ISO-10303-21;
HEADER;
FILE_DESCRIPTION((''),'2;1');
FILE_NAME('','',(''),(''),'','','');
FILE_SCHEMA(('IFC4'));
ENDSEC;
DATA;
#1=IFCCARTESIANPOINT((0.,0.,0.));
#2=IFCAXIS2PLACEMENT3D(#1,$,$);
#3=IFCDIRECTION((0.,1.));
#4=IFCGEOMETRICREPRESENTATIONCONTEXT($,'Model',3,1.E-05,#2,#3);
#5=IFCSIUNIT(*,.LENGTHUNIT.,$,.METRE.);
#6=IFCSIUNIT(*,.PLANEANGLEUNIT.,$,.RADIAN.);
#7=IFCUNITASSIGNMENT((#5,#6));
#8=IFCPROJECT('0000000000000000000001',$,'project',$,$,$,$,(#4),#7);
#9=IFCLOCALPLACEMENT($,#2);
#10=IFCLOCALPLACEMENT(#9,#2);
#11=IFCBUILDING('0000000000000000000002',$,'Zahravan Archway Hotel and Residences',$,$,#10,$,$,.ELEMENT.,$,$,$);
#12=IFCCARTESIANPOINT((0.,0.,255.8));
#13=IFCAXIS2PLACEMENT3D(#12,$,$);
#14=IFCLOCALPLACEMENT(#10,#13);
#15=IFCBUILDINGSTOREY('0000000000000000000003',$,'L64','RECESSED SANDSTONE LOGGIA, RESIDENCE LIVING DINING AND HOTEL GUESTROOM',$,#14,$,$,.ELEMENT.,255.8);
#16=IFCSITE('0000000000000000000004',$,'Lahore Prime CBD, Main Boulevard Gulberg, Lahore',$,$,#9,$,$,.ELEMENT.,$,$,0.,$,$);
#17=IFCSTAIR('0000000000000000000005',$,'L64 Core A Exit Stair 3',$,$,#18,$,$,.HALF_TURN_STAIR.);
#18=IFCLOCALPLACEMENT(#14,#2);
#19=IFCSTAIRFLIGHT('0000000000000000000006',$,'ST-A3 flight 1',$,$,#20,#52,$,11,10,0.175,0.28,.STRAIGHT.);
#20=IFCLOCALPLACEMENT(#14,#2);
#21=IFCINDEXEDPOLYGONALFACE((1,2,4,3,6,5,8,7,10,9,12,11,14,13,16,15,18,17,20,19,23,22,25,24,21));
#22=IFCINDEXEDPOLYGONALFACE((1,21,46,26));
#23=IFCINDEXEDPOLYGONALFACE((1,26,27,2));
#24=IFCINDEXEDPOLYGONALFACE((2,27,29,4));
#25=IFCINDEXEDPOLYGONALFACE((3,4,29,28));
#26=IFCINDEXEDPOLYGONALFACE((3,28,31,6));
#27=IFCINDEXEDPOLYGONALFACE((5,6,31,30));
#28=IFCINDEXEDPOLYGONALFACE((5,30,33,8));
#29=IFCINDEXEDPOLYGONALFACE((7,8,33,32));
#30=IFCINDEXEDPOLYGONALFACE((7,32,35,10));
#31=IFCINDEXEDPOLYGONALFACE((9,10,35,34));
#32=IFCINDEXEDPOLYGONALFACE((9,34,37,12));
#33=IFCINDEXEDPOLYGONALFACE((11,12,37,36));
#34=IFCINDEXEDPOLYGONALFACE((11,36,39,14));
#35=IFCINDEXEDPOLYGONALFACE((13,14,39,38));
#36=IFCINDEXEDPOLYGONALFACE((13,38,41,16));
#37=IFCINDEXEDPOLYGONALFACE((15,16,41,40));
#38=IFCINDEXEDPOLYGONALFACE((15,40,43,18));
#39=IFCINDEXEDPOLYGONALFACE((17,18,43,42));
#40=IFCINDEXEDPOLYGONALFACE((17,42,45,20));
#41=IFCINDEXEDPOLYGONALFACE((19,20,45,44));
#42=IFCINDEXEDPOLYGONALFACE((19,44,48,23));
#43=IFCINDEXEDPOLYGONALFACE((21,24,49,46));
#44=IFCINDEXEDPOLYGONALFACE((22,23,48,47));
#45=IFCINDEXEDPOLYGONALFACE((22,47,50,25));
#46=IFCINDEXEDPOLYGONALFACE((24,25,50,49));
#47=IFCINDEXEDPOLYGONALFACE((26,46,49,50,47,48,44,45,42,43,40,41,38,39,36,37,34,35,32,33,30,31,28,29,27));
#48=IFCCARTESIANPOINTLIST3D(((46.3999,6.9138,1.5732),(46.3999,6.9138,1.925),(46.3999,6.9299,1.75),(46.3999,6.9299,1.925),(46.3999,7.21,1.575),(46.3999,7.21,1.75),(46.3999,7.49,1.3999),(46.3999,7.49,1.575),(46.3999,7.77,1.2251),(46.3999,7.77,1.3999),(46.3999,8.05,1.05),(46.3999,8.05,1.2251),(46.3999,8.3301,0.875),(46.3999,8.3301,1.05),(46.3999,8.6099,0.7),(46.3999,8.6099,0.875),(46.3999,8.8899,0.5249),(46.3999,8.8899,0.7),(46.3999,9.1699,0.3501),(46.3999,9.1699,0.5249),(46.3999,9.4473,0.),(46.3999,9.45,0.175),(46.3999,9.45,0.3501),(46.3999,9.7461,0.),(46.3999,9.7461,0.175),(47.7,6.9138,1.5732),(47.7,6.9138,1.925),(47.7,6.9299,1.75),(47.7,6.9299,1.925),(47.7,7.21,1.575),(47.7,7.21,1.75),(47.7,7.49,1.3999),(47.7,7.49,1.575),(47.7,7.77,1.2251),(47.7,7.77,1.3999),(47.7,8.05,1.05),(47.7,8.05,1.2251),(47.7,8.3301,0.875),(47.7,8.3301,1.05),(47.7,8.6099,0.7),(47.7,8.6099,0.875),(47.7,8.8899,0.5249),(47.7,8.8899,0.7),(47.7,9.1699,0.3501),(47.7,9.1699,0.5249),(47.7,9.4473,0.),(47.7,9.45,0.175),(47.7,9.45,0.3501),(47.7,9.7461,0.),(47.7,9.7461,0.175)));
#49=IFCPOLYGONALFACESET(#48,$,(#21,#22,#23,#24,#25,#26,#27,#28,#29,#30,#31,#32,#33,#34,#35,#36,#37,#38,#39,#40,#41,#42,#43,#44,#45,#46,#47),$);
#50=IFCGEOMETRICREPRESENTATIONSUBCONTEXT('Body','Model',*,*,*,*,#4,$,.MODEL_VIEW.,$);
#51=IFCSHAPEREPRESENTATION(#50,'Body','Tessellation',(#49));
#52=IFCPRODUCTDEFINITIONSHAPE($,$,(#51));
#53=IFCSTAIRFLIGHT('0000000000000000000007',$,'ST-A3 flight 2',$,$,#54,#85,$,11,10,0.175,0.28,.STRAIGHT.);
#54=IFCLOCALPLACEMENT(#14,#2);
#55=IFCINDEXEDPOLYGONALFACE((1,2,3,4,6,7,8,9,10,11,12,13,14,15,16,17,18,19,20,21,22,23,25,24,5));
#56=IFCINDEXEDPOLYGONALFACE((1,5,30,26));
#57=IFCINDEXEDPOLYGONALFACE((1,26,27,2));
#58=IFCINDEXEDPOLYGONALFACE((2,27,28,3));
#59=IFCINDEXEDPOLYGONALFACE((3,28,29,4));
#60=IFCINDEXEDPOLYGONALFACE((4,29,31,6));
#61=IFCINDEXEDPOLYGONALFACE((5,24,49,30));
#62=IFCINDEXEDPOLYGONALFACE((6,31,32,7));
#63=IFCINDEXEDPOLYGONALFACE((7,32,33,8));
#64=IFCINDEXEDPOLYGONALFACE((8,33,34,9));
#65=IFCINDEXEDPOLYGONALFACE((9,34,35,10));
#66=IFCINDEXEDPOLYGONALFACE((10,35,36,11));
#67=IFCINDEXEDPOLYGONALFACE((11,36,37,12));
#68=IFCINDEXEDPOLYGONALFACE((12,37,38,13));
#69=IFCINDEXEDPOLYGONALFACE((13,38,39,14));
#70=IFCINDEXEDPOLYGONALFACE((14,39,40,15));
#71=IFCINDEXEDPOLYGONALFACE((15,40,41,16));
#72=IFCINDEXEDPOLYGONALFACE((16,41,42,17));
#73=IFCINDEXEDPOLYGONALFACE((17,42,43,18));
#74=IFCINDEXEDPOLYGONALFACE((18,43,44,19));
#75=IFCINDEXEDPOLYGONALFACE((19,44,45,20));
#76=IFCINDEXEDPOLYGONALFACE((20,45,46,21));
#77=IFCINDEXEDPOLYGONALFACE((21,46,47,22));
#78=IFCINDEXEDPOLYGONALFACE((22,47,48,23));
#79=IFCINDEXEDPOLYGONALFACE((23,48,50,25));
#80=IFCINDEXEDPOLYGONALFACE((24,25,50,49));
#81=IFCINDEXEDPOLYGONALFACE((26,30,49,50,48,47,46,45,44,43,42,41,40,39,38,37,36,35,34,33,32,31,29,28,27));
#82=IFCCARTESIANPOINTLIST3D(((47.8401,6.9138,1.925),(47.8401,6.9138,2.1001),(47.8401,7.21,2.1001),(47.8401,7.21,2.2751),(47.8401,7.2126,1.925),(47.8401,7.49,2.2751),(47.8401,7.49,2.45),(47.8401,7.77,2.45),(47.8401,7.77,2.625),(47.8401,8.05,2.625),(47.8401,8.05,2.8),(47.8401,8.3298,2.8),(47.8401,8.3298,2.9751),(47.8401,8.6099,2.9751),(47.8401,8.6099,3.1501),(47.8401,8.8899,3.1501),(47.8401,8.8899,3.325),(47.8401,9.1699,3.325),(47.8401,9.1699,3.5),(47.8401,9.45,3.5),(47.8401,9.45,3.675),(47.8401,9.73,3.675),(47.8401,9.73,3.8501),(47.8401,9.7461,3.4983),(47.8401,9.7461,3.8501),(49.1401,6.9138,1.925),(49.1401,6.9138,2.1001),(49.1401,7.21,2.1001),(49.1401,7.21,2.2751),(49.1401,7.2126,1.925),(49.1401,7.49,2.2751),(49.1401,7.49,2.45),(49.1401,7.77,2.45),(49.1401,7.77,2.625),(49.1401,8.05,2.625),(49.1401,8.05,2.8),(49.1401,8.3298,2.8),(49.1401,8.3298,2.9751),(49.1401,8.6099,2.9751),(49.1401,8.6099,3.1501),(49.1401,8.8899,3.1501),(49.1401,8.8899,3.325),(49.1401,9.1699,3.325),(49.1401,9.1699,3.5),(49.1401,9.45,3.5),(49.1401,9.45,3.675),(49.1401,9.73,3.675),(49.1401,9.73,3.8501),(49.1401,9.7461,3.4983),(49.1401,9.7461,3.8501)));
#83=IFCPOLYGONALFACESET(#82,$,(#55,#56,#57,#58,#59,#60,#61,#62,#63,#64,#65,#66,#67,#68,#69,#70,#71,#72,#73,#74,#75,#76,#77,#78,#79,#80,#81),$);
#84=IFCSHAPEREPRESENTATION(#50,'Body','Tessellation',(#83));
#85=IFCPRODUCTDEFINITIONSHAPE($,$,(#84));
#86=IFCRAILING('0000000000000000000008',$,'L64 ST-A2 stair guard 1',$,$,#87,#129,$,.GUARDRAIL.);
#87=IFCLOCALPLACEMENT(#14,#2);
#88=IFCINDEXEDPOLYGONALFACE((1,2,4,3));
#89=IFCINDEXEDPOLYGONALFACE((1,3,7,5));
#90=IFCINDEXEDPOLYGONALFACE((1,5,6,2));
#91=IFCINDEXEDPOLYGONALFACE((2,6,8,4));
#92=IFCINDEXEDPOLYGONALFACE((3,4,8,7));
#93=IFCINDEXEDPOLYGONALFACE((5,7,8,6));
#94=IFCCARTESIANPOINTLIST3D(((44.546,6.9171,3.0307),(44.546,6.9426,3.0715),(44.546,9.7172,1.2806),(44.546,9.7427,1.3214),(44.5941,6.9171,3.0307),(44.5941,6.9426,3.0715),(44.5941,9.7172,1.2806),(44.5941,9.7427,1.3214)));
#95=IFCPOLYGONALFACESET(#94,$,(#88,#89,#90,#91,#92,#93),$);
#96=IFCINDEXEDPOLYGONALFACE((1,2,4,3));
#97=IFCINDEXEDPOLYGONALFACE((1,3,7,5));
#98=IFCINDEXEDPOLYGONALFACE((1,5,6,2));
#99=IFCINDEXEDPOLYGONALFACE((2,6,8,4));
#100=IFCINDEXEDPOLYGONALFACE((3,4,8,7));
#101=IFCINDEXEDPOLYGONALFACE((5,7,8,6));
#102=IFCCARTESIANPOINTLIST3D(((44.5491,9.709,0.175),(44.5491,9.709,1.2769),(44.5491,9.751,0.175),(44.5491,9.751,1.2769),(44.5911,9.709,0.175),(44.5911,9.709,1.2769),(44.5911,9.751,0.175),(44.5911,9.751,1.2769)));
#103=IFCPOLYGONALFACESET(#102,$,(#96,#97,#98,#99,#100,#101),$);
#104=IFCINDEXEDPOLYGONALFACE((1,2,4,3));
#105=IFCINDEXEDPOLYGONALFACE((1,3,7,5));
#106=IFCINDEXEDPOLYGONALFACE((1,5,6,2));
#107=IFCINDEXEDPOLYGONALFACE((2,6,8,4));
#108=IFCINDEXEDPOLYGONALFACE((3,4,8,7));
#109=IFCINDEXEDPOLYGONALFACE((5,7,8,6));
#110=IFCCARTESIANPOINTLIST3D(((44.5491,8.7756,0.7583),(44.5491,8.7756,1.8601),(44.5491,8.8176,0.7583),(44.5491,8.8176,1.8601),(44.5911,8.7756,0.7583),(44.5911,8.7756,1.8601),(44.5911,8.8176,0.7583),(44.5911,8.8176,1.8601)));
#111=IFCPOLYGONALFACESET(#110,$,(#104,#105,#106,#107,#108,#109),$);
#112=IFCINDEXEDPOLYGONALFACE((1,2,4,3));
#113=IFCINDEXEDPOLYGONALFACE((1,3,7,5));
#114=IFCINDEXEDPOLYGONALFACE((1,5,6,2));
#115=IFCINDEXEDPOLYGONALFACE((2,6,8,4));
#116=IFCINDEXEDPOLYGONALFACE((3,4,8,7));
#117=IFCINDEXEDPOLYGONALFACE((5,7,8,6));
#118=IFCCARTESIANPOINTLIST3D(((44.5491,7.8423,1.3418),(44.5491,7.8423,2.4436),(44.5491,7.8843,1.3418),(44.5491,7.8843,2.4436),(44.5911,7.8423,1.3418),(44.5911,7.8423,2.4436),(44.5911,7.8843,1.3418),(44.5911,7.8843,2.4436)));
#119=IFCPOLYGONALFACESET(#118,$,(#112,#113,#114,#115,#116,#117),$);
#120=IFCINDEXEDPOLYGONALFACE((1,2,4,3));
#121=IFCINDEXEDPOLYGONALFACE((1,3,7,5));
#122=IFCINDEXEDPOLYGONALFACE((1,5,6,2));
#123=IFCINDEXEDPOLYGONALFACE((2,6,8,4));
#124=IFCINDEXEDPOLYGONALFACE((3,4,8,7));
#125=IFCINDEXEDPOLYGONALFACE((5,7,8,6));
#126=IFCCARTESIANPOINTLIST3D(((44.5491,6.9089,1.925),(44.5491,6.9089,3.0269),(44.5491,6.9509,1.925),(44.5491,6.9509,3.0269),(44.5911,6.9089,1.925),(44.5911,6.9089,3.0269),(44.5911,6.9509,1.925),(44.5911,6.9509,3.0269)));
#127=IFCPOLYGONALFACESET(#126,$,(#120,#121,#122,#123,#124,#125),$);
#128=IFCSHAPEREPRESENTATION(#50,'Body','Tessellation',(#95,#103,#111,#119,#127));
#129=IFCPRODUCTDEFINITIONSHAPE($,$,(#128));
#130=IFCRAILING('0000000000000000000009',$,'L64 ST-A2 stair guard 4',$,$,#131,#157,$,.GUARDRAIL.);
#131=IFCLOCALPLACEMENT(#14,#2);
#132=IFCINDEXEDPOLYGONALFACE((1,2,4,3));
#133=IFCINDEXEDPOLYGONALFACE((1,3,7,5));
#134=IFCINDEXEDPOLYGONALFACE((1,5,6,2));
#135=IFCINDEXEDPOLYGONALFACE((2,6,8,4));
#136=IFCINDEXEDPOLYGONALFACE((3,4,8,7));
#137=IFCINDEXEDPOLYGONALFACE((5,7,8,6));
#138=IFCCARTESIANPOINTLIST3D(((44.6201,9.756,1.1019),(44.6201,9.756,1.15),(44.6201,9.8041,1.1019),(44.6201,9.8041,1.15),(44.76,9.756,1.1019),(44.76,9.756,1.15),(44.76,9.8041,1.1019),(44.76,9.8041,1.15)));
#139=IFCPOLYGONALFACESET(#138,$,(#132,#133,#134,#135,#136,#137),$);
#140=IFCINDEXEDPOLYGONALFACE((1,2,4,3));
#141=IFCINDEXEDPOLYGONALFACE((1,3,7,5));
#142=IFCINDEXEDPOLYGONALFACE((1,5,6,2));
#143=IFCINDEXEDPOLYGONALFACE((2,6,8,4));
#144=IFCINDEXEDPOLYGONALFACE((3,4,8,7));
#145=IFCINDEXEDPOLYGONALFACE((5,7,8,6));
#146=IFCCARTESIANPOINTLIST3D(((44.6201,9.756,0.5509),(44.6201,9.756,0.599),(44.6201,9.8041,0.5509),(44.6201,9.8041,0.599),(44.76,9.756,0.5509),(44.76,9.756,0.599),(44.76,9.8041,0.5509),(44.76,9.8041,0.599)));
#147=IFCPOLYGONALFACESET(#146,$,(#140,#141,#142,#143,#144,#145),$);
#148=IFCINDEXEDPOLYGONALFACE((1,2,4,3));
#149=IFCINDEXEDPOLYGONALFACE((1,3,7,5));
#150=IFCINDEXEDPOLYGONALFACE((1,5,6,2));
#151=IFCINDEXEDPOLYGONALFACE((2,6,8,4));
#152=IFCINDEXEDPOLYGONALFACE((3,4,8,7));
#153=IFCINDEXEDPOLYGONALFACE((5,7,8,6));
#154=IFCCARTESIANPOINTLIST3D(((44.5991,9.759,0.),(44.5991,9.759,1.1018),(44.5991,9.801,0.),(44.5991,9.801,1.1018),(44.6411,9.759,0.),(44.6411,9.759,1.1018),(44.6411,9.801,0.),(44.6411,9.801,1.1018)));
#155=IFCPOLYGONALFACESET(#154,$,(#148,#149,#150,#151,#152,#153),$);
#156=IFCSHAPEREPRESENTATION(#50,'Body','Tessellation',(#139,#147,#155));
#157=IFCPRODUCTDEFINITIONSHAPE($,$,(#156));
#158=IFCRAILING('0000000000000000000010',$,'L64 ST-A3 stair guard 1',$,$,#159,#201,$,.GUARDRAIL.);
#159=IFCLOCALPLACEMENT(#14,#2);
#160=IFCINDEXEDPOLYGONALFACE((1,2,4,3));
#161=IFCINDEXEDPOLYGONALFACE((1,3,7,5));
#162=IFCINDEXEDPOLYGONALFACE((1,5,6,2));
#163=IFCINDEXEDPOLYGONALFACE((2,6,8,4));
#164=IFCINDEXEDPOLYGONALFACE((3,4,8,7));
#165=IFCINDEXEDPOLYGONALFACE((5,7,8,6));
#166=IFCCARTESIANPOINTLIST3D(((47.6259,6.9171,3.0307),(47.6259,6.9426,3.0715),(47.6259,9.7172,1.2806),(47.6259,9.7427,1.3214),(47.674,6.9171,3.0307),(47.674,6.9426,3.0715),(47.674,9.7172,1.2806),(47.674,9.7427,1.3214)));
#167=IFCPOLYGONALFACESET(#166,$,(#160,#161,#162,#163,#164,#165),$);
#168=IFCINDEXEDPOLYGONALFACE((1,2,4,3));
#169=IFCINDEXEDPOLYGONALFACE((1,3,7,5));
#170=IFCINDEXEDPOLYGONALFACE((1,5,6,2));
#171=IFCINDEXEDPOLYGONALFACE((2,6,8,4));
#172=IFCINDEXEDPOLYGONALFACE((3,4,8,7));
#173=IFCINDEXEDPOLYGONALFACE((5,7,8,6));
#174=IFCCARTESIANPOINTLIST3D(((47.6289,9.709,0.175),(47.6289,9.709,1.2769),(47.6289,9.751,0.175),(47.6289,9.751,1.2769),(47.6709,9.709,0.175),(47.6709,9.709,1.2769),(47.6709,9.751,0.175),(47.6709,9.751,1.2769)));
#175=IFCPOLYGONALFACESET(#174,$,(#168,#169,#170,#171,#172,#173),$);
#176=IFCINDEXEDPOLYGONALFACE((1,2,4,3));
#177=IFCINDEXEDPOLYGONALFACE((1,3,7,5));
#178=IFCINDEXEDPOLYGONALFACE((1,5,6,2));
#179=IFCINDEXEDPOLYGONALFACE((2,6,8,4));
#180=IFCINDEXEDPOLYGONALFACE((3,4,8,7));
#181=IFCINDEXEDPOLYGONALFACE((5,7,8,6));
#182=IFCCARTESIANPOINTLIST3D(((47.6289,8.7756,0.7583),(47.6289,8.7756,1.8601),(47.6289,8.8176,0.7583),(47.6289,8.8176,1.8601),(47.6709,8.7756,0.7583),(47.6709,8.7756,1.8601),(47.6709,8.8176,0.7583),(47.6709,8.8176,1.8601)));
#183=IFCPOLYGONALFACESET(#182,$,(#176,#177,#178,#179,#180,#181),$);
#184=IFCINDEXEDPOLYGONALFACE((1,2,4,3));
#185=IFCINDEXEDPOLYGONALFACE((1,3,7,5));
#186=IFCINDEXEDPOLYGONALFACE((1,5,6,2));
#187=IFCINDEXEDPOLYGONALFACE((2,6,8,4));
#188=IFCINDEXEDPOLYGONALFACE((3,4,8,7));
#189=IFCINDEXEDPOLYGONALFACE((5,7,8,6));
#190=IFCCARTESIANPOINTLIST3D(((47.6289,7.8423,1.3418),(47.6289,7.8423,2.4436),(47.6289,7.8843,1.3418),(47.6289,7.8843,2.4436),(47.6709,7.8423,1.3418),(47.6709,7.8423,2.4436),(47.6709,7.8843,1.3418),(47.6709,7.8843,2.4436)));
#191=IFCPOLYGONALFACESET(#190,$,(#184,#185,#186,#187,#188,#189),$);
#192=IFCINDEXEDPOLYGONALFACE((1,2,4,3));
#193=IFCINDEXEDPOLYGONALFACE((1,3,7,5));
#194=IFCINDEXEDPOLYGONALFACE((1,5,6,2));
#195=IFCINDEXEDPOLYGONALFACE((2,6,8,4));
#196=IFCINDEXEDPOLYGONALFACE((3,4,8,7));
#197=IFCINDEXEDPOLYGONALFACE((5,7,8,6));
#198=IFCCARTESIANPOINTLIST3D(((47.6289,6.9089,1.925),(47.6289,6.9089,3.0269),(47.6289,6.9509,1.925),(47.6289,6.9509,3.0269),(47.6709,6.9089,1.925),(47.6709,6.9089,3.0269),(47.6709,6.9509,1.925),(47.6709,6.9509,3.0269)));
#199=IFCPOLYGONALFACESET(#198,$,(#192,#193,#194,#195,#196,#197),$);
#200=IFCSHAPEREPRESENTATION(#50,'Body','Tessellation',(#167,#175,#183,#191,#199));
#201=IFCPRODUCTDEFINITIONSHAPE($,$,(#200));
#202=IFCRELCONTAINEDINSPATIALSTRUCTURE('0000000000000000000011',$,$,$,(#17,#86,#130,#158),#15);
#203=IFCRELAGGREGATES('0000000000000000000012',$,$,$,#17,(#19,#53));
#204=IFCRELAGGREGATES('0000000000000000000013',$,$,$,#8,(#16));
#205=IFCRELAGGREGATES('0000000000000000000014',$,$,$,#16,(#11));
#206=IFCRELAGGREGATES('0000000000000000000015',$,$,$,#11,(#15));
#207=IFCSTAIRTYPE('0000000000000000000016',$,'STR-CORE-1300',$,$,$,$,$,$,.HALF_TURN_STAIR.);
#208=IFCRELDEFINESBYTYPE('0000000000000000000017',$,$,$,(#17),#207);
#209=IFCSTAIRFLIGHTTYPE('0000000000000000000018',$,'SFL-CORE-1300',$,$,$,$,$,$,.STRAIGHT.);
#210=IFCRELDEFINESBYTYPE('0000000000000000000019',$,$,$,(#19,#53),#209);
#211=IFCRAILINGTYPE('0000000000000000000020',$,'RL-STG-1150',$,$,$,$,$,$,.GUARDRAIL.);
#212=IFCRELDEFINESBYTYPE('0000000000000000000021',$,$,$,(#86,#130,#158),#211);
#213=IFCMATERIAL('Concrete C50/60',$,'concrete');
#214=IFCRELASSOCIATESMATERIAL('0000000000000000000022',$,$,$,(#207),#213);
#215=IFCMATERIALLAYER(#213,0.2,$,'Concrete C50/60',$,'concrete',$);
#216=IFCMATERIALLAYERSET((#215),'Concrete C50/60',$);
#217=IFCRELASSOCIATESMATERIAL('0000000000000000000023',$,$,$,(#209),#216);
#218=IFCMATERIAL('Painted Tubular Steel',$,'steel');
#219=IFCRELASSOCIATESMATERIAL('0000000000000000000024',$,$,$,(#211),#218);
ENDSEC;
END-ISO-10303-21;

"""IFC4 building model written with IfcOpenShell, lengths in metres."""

from ifc_helpers import new_model, si_unit, direction, frame, origin, origin_2d, place, context, subcontext, project, spatial, polyline, rectangle, outline, extrude, source, transform, mapped, material, layer, layer_set, type_object, element, aggregate, save


model = new_model("IFC4")

# Units and contexts
model_context = context("Model", 3, precision=1e-05, world=origin(), true_north=direction((0.0, 1.0)))
body_context = subcontext(model_context, "Body", "Model", "MODEL_VIEW")
ifc_project = project(units=[si_unit("LENGTHUNIT", "METRE"), si_unit("PLANEANGLEUNIT", "RADIAN")], contexts=[model_context])

# Site, building, storey
site_placement = place(None, origin())
site = spatial("IfcSite", under=ifc_project, at=site_placement, Name="Lahore Prime CBD, Main Boulevard Gulberg, Lahore", CompositionType="ELEMENT", RefElevation=0.0)
building_placement = place(site_placement, origin())
building = spatial("IfcBuilding", under=site, at=building_placement, Name="Zahravan Archway Hotel and Residences", CompositionType="ELEMENT")
storey_placement = place(building_placement, frame((0.0, 0.0, 255.8)))
storey = spatial("IfcBuildingStorey", under=building, at=storey_placement, Name="L64", Description="RECESSED SANDSTONE LOGGIA, RESIDENCE LIVING DINING AND HOTEL GUESTROOM", CompositionType="ELEMENT", Elevation=255.8)

# Shared definitions
ifc_material_1 = material(Name="Concrete C50/60", Category="concrete")

# Shared definitions
stair_type = type_object("IfcStairType", Name="STR-CORE-1300", PredefinedType="HALF_TURN_STAIR", material=ifc_material_1)
ifc_layer_1 = layer(ifc_material_1, 0.2, Name="Concrete C50/60", Category="concrete")
ifc_layer_set_1 = layer_set([ifc_layer_1], Name="Concrete C50/60")
stair_flight_type = type_object("IfcStairFlightType", Name="SFL-CORE-1300", PredefinedType="STRAIGHT", material=ifc_layer_set_1)
shared_shape_1 = source(origin(), body_context, "Body", "SweptSolid", [
    extrude(outline(polyline([(-0.0161, 0.0), (-0.0161, 0.175), (0.28, 0.175), (0.28, 0.3501), (0.5601, 0.3501), (0.5601, 0.5249), (0.8401, 0.5249), (0.8401, 0.7), (1.1201, 0.7), (1.1201, 0.875), (1.3999, 0.875), (1.3999, 1.05), (1.6799, 1.05), (1.6799, 1.2251), (1.96, 1.2251), (1.96, 1.3999), (2.24, 1.3999), (2.24, 1.575), (2.52, 1.575), (2.52, 1.75), (2.8, 1.75), (2.8, 1.925), (2.8162, 1.925), (2.8162, 1.5732), (0.2827, 0.0), (-0.0161, 0.0)])), frame((0.0, 0.6499, 0.0), z_axis=(0.0, -1.0, 0.0), x_axis=(1.0, 0.0, 0.0)), (0.0, 0.0, 1.0), 1.3),
])

# Stair, stair flights
stair_1_placement = place(storey_placement, origin())
stair_1 = element("IfcStair", 1, at=stair_1_placement, inside=storey, type_object=stair_type, Name="L64 Core A Exit Stair 3", PredefinedType="HALF_TURN_STAIR")
stair_flight_1_placement = place(storey_placement, frame((47.05, 9.73, 0.0), z_axis=(0.0, 0.0, 1.0), x_axis=(0.0, -1.0, 0.0)))
stair_flight_1 = element("IfcStairFlight", 2, at=stair_flight_1_placement, type_object=stair_flight_type, Name="ST-A3 flight 1", NumberOfRisers=11, NumberOfTreads=10, PredefinedType="STRAIGHT", RiserHeight=0.175, TreadLength=0.28, context=body_context, shape_type="MappedRepresentation", body=[
    mapped(shared_shape_1, transform((0.0, 0.0, 0.0), scale=1.0)),
])
stair_flight_2_placement = place(storey_placement, frame((48.49, 6.9299, 1.925), z_axis=(0.0, 0.0, 1.0), x_axis=(0.0, 1.0, 0.0)))
stair_flight_2 = element("IfcStairFlight", 3, at=stair_flight_2_placement, type_object=stair_flight_type, Name="ST-A3 flight 2", NumberOfRisers=11, NumberOfTreads=10, PredefinedType="STRAIGHT", RiserHeight=0.175, TreadLength=0.28, context=body_context, shape_type="MappedRepresentation", body=[
    mapped(shared_shape_1, transform((0.0, 0.0, 0.0), scale=1.0)),
])
aggregate(stair_1, [stair_flight_1, stair_flight_2])

# Railings
ifc_material_2 = material(Name="Painted Tubular Steel", Category="steel")
railing_type_1 = type_object("IfcRailingType", Name="RL-STG-1150", PredefinedType="GUARDRAIL", material=ifc_material_2)
railing_1_placement = place(storey_placement, frame((44.5701, 9.73, 0.175)))
element("IfcRailing", 4, at=railing_1_placement, inside=storey, type_object=railing_type_1, Name="L64 ST-A2 stair guard 1", PredefinedType="GUARDRAIL", context=body_context, shape_type="SweptSolid", body=[
    extrude(rectangle(XDim=0.0481, YDim=0.0481, at=origin_2d()), frame((0.0, 0.0, 1.126), z_axis=(0.0, -0.848002, 0.529992), x_axis=(1.0, 0.0, 0.0)), (0.0, 0.0, 1.0), 3.302),
    extrude(rectangle(XDim=0.042, YDim=0.042, at=origin_2d()), origin(), (0.0, 0.0, 1.0), 1.1018),
    extrude(rectangle(XDim=0.042, YDim=0.042, at=origin_2d()), frame((0.0, -0.9333, 0.5833)), (0.0, 0.0, 1.0), 1.1018),
    extrude(rectangle(XDim=0.042, YDim=0.042, at=origin_2d()), frame((0.0, -1.8667, 1.1667)), (0.0, 0.0, 1.0), 1.1018),
    extrude(rectangle(XDim=0.042, YDim=0.042, at=origin_2d()), frame((0.0, -2.8, 1.75)), (0.0, 0.0, 1.0), 1.1018),
])
railing_2_placement = place(storey_placement, frame((44.6201, 9.78, 0.0)))
element("IfcRailing", 5, at=railing_2_placement, inside=storey, type_object=railing_type_1, Name="L64 ST-A2 stair guard 4", PredefinedType="GUARDRAIL", context=body_context, shape_type="SweptSolid", body=[
    extrude(rectangle(XDim=0.0481, YDim=0.0481, at=origin_2d()), frame((0.0, 0.0, 1.126), z_axis=(1.0, 0.0, 0.0), x_axis=(0.0, 1.0, 0.0)), (0.0, 0.0, 1.0), 0.1399),
    extrude(rectangle(XDim=0.0481, YDim=0.0481, at=origin_2d()), frame((0.0, 0.0, 0.575), z_axis=(1.0, 0.0, 0.0), x_axis=(0.0, 1.0, 0.0)), (0.0, 0.0, 1.0), 0.1399),
    extrude(rectangle(XDim=0.042, YDim=0.042, at=origin_2d()), origin(), (0.0, 0.0, 1.0), 1.1018),
])
railing_3_placement = place(storey_placement, frame((47.6499, 9.73, 0.175)))
element("IfcRailing", 6, at=railing_3_placement, inside=storey, type_object=railing_type_1, Name="L64 ST-A3 stair guard 1", PredefinedType="GUARDRAIL", context=body_context, shape_type="SweptSolid", body=[
    extrude(rectangle(XDim=0.0481, YDim=0.0481, at=origin_2d()), frame((0.0, 0.0, 1.126), z_axis=(0.0, -0.848002, 0.529992), x_axis=(1.0, 0.0, 0.0)), (0.0, 0.0, 1.0), 3.302),
    extrude(rectangle(XDim=0.042, YDim=0.042, at=origin_2d()), origin(), (0.0, 0.0, 1.0), 1.1018),
    extrude(rectangle(XDim=0.042, YDim=0.042, at=origin_2d()), frame((0.0, -0.9333, 0.5833)), (0.0, 0.0, 1.0), 1.1018),
    extrude(rectangle(XDim=0.042, YDim=0.042, at=origin_2d()), frame((0.0, -1.8667, 1.1667)), (0.0, 0.0, 1.0), 1.1018),
    extrude(rectangle(XDim=0.042, YDim=0.042, at=origin_2d()), frame((0.0, -2.8, 1.75)), (0.0, 0.0, 1.0), 1.1018),
])

save(model, "model.ifc")
